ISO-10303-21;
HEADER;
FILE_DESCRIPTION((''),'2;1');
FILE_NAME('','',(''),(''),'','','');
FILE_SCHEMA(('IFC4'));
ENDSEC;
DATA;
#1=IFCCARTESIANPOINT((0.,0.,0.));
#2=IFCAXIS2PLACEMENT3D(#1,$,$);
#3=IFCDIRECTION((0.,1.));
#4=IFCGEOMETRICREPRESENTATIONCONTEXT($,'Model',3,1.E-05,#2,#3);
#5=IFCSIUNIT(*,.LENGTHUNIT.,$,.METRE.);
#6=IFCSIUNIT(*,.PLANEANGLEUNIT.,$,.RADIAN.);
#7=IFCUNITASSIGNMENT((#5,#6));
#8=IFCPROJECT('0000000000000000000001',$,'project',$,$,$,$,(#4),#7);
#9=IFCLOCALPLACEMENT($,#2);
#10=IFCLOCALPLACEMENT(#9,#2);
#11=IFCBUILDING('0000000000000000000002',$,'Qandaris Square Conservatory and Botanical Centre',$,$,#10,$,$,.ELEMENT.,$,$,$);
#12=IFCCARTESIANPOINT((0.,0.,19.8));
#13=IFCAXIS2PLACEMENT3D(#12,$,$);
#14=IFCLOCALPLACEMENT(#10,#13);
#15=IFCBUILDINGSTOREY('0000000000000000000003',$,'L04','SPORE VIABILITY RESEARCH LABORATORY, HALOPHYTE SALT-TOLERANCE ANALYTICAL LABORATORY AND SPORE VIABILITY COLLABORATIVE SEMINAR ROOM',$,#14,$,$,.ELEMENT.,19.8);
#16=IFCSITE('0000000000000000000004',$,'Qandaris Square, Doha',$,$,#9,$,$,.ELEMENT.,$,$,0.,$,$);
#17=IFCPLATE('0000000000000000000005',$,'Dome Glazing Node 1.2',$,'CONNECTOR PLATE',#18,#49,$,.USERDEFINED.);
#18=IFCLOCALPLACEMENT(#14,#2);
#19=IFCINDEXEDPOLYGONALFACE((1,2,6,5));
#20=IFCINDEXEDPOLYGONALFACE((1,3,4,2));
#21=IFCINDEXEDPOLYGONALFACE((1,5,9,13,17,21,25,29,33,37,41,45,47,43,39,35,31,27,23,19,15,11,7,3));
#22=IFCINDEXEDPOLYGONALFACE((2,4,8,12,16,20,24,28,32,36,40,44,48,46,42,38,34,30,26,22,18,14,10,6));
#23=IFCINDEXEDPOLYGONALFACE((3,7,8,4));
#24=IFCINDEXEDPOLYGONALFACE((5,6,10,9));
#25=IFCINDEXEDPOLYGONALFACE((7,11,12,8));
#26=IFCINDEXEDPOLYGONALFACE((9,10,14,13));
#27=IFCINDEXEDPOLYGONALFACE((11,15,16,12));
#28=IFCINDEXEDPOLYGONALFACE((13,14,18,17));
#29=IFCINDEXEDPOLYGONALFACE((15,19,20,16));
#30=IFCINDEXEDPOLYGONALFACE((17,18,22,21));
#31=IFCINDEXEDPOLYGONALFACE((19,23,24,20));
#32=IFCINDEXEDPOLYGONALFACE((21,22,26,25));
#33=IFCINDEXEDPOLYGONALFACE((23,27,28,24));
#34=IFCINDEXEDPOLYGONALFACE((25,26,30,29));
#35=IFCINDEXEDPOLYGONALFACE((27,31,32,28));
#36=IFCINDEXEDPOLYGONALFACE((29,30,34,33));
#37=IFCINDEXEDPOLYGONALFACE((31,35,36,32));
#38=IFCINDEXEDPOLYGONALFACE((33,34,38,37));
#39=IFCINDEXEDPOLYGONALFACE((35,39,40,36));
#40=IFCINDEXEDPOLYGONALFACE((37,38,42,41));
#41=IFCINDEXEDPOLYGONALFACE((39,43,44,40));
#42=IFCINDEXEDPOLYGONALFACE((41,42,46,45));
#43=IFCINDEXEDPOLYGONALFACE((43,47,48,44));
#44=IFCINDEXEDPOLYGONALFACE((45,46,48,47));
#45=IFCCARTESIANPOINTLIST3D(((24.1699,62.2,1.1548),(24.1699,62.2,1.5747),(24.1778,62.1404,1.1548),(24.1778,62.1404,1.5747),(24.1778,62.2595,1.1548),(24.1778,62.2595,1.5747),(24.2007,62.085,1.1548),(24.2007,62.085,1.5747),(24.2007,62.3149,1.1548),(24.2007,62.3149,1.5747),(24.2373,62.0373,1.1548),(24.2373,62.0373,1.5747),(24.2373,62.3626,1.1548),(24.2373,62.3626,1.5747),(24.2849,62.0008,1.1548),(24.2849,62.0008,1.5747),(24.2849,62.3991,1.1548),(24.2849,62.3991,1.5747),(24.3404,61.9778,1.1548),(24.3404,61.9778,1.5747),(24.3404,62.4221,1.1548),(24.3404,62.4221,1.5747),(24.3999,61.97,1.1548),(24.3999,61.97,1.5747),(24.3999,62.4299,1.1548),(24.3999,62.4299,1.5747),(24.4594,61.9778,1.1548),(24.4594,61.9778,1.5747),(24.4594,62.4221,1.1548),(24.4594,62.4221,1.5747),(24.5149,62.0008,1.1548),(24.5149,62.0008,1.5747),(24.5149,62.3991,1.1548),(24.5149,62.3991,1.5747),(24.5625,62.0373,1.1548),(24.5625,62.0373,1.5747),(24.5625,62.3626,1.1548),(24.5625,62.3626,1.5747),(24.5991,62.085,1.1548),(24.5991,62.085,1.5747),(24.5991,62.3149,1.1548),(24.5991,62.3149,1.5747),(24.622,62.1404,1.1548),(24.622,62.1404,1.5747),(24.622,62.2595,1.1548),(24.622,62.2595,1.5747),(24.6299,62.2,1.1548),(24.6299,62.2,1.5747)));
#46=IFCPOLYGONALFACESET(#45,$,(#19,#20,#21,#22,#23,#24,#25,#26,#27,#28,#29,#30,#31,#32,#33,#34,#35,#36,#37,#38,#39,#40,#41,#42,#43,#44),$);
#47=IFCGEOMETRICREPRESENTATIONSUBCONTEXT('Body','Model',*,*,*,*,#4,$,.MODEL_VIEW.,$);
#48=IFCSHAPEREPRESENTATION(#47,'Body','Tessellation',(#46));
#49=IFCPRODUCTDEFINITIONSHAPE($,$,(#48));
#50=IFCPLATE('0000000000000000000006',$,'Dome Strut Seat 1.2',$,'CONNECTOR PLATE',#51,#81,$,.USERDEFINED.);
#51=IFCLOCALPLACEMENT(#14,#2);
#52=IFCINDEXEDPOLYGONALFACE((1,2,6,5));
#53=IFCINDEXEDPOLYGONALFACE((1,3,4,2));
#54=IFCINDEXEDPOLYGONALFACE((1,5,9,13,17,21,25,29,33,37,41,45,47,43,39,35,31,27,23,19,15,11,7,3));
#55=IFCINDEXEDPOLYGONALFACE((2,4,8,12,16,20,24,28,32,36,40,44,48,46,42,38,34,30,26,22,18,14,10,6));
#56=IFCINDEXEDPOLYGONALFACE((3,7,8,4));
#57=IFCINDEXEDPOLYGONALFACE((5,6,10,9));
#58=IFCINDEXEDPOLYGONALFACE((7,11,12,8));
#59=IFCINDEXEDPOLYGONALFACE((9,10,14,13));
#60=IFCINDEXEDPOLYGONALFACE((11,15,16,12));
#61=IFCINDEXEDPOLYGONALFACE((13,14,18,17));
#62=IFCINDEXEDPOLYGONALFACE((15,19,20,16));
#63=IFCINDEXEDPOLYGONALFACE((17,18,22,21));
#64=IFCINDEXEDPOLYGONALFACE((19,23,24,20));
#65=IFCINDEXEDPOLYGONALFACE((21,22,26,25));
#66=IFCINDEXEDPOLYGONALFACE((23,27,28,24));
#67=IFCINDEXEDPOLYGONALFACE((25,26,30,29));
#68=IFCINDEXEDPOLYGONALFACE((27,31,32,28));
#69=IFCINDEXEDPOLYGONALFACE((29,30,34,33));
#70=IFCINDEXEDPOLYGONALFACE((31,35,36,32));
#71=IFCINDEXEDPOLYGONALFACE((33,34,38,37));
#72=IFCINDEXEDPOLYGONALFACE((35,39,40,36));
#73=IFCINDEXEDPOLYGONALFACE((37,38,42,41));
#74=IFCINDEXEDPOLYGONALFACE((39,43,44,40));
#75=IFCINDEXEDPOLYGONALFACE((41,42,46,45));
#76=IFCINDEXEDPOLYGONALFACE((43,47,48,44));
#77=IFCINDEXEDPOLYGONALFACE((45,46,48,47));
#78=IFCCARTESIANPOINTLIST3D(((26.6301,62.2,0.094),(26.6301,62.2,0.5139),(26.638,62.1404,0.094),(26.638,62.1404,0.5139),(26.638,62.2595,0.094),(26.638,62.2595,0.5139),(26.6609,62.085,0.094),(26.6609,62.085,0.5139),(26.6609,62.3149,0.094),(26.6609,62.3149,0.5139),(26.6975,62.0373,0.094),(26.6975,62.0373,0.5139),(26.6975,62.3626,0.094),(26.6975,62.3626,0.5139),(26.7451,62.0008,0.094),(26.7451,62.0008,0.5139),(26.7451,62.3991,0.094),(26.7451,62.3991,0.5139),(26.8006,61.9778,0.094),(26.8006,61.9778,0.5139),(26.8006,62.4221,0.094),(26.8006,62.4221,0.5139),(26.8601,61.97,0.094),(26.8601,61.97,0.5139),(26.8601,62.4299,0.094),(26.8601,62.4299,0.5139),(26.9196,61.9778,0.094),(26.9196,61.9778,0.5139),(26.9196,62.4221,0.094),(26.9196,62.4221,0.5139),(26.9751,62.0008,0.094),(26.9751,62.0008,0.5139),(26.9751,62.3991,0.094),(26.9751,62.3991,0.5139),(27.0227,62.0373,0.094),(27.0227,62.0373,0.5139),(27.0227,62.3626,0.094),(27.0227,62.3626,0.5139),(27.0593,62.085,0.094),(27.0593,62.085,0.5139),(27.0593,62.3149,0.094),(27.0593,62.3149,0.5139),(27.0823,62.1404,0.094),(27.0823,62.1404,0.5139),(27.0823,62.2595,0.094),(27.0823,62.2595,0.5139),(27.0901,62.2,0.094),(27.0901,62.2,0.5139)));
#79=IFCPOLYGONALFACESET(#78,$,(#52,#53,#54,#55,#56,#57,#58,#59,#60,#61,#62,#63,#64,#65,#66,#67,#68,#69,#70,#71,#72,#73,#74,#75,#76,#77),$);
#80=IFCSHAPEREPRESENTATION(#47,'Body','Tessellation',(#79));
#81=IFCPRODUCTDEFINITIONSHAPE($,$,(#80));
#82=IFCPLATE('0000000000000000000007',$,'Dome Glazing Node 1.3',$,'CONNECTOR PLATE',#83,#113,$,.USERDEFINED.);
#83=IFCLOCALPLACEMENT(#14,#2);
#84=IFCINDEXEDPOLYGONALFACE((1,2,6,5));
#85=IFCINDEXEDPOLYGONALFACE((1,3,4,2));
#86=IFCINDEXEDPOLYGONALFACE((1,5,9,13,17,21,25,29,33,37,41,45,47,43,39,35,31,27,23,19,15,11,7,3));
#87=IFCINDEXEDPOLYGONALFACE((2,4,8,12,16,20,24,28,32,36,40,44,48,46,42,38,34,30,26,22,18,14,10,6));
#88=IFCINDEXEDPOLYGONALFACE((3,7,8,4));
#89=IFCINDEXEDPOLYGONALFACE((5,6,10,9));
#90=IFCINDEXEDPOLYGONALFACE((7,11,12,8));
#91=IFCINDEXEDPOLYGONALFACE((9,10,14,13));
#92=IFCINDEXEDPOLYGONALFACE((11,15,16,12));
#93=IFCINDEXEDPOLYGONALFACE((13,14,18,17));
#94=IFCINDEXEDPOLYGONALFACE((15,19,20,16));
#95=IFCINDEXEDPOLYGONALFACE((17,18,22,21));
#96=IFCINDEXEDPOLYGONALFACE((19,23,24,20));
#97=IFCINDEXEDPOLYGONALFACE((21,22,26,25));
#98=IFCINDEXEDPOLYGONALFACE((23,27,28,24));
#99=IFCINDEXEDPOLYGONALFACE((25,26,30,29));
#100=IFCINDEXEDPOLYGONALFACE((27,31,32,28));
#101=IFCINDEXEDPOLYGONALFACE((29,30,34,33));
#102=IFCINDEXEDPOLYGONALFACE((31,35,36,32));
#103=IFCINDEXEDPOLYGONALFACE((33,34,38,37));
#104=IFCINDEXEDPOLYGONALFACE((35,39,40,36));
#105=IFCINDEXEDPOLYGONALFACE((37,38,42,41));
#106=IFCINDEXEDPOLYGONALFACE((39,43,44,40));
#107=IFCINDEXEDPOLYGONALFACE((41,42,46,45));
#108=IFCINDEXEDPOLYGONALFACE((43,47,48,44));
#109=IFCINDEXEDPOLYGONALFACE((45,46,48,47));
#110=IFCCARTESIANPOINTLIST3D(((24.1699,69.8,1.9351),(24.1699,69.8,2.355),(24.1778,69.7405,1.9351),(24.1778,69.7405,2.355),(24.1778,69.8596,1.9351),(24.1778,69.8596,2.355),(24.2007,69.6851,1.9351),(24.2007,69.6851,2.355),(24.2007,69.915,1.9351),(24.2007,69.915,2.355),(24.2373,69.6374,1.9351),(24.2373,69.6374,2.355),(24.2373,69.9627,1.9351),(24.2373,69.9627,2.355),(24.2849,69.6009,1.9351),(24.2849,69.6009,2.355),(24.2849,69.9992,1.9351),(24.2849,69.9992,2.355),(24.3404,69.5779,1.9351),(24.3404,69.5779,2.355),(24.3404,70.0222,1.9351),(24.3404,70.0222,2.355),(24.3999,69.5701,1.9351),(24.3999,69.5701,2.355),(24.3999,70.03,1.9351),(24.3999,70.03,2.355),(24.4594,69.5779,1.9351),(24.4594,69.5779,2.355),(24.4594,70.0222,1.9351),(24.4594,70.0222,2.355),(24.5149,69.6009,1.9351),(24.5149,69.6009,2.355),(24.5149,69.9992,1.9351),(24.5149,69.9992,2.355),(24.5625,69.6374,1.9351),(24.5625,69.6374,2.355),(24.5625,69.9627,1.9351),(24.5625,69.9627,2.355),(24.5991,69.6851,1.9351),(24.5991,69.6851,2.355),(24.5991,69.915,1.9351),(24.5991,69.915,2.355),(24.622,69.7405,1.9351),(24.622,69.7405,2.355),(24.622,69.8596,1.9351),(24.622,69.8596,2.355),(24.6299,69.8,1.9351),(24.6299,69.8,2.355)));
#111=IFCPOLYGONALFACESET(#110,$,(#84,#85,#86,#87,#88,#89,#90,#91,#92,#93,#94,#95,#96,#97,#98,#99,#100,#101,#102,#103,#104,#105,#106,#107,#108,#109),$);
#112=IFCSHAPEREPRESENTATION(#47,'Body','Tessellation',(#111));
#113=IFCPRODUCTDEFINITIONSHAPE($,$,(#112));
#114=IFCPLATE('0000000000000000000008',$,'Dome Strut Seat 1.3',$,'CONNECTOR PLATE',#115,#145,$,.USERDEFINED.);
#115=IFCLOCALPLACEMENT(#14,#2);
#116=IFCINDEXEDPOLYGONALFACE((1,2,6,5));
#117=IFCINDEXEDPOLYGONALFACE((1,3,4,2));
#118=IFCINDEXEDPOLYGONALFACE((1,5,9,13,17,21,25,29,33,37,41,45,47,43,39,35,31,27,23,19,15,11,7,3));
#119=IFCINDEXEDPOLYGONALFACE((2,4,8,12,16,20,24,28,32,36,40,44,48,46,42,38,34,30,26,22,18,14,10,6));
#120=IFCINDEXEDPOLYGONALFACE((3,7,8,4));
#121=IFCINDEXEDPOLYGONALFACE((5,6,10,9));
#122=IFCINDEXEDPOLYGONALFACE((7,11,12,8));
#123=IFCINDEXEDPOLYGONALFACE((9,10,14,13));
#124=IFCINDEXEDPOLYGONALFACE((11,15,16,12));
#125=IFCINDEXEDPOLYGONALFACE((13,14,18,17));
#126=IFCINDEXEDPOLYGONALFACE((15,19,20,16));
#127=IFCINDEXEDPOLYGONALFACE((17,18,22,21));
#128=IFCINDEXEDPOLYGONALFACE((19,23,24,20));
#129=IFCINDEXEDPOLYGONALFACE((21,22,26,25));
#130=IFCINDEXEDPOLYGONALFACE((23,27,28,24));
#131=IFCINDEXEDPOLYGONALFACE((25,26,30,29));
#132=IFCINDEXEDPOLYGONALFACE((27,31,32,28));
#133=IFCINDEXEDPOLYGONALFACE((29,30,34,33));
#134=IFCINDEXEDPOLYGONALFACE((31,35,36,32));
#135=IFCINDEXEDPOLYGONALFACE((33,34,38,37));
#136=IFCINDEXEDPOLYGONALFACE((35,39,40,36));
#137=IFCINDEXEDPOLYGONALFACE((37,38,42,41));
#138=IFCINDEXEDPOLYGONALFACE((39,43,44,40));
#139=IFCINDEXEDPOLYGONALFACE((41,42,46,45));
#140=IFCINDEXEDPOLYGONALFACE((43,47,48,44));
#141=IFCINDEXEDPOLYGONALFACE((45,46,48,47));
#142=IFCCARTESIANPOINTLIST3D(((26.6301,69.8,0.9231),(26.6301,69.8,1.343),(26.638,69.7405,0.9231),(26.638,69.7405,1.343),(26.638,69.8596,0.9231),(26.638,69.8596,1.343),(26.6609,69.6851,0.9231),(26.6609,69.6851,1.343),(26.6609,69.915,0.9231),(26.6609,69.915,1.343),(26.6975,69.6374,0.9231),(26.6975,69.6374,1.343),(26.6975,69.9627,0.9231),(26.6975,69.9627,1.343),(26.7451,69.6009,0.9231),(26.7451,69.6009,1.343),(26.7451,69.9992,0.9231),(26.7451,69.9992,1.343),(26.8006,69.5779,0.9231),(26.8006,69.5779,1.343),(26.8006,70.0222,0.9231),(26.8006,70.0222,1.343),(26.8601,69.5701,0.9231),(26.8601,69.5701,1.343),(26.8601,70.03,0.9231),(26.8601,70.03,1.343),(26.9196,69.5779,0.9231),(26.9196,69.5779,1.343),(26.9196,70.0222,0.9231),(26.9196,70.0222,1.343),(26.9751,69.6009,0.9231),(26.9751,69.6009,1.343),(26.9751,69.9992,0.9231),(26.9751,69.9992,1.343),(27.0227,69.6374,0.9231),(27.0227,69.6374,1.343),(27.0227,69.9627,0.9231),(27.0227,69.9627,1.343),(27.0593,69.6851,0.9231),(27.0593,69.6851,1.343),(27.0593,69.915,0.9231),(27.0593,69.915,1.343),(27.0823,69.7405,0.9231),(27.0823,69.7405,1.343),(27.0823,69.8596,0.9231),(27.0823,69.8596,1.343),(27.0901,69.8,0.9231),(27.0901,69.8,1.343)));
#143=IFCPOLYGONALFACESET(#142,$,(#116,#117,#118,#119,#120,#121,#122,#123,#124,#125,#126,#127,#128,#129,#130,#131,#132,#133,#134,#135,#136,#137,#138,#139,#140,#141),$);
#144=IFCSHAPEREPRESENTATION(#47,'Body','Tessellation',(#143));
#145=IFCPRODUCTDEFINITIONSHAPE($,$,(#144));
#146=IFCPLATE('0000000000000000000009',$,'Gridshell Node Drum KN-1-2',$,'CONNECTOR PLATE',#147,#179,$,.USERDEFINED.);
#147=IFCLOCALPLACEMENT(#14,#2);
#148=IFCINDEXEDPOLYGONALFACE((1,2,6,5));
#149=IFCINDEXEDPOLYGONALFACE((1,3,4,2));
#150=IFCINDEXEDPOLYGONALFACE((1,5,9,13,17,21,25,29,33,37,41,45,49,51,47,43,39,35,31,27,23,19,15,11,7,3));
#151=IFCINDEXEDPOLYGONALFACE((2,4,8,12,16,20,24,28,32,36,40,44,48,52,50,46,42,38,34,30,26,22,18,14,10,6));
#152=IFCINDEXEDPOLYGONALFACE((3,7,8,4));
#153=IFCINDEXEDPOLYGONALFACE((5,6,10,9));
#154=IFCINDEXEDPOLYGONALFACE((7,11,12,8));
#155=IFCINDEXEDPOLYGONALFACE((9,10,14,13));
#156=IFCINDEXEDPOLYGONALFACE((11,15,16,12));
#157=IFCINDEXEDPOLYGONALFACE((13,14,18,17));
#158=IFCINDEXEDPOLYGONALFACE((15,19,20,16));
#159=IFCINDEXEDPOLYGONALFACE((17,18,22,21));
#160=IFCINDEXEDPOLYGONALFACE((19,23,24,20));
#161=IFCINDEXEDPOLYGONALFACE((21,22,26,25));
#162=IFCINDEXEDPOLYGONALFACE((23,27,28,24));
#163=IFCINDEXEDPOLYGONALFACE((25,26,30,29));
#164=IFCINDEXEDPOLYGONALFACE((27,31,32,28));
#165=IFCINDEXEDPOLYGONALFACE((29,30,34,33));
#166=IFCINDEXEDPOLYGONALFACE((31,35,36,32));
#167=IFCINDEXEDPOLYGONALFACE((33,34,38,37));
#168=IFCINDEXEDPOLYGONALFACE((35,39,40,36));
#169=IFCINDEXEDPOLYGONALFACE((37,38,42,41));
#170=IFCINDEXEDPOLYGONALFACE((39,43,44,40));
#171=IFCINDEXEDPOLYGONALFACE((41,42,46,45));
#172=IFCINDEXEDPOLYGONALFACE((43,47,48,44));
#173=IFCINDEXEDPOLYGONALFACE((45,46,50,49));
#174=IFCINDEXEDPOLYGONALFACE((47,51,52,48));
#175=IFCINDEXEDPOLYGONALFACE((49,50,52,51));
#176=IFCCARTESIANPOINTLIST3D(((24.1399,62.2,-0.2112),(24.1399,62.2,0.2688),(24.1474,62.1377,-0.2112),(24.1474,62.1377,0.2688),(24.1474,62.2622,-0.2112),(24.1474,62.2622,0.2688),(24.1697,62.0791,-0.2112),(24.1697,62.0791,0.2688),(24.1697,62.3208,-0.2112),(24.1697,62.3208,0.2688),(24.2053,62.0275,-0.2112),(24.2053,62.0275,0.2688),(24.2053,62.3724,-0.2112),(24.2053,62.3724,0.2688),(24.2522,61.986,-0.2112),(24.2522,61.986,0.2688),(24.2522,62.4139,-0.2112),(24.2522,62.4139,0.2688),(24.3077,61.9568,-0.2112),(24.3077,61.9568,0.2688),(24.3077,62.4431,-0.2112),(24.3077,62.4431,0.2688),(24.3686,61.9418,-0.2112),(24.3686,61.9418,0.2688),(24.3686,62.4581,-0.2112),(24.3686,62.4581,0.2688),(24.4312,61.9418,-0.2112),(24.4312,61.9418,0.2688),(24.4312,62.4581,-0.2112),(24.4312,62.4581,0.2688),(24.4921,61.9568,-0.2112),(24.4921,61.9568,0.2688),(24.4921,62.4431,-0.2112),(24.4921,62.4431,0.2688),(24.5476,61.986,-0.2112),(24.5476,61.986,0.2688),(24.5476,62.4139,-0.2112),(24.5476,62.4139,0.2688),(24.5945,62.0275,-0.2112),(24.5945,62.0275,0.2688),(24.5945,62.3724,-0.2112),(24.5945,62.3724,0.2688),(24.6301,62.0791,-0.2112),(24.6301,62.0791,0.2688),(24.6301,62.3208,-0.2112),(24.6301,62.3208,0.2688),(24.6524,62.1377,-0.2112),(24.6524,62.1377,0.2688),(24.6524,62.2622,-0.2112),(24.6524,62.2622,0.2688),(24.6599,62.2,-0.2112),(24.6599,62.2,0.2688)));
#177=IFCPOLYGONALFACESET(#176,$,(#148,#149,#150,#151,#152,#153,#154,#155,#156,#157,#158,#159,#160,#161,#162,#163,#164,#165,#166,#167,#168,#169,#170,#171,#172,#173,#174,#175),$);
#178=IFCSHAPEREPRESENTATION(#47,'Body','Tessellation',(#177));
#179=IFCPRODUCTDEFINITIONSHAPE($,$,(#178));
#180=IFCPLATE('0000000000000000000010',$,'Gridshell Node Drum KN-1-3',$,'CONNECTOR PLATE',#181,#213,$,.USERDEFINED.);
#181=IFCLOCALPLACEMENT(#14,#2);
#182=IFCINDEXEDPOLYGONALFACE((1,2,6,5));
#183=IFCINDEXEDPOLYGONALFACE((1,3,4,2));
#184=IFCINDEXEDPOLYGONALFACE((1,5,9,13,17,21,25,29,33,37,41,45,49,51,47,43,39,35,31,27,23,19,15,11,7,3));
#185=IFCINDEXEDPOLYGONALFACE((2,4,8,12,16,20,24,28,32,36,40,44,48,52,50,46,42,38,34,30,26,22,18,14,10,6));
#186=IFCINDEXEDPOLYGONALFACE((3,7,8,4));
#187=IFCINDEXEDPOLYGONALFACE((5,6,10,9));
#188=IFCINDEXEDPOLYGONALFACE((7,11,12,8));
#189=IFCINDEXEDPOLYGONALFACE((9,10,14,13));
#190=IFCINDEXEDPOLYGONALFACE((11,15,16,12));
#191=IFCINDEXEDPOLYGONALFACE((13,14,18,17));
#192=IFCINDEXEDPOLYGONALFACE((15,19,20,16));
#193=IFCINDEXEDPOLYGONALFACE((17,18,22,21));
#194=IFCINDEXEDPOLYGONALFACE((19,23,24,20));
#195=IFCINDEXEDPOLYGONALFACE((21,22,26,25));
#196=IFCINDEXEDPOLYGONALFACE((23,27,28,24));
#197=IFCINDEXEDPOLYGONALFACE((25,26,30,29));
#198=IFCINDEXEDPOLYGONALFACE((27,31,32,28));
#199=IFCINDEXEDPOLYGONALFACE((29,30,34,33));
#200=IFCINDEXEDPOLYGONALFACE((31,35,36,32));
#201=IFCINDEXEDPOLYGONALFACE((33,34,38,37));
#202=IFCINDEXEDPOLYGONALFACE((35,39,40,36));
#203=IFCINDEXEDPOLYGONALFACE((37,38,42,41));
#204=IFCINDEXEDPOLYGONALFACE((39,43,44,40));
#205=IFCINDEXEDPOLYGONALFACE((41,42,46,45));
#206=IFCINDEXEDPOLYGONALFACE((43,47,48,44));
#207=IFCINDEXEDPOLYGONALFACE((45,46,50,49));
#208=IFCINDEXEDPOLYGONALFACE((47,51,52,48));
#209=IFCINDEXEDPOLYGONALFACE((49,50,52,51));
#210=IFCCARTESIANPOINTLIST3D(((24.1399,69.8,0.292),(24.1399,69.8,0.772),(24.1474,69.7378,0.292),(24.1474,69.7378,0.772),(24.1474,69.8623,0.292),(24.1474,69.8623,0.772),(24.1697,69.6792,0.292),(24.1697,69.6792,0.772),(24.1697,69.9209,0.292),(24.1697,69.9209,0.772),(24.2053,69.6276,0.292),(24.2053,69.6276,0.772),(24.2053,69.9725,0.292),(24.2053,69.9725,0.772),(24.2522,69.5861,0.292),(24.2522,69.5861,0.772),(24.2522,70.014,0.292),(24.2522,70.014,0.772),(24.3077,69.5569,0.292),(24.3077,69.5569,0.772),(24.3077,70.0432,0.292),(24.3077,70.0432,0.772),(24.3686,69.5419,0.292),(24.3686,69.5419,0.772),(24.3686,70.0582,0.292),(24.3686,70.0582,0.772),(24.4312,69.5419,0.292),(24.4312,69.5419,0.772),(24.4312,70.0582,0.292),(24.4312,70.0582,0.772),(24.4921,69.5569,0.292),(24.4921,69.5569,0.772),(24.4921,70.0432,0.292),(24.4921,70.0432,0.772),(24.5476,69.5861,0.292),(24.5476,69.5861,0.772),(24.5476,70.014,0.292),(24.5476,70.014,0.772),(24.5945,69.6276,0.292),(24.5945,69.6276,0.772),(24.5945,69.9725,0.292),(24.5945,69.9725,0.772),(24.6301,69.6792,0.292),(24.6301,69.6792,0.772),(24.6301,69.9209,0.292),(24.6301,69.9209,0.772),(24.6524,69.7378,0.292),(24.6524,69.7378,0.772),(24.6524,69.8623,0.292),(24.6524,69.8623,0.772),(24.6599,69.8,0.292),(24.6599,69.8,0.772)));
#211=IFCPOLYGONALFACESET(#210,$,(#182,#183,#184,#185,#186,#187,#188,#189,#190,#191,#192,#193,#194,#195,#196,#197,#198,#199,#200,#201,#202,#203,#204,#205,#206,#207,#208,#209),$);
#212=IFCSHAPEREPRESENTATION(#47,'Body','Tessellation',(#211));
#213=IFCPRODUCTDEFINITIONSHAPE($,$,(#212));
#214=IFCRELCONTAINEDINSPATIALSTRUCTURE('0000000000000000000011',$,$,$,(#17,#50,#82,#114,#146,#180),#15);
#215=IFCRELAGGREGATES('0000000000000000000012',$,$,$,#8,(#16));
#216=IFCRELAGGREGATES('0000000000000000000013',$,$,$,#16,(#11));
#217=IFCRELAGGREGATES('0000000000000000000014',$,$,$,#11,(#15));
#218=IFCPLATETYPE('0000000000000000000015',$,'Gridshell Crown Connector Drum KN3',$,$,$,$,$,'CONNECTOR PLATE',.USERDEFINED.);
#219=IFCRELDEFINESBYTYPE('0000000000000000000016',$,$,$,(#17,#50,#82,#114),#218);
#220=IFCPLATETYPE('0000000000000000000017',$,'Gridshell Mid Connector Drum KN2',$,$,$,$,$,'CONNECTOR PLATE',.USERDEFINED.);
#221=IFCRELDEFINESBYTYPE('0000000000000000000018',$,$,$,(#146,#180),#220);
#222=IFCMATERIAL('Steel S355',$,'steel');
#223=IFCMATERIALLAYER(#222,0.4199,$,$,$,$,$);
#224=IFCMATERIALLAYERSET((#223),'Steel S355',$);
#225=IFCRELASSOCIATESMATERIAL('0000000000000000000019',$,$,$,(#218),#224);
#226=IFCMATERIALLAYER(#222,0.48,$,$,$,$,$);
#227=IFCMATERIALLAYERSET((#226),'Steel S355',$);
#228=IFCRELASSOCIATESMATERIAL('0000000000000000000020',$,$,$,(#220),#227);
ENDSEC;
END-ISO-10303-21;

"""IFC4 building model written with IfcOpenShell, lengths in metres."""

from ifc_helpers import new_model, si_unit, direction, frame, origin, origin_2d, place, context, subcontext, project, spatial, circle, extrude, material, layer, layer_set, type_object, element, save


model = new_model("IFC4")

# Units and contexts
model_context = context("Model", 3, precision=1e-05, world=origin(), true_north=direction((0.0, 1.0)))
body_context = subcontext(model_context, "Body", "Model", "MODEL_VIEW")
ifc_project = project(units=[si_unit("LENGTHUNIT", "METRE"), si_unit("PLANEANGLEUNIT", "RADIAN")], contexts=[model_context])

# Site, building, storey
site_placement = place(None, origin())
site = spatial("IfcSite", under=ifc_project, at=site_placement, Name="Qandaris Square, Doha", CompositionType="ELEMENT", RefElevation=0.0)
building_placement = place(site_placement, origin())
building = spatial("IfcBuilding", under=site, at=building_placement, Name="Qandaris Square Conservatory and Botanical Centre", CompositionType="ELEMENT")
storey_placement = place(building_placement, frame((0.0, 0.0, 19.8)))
storey = spatial("IfcBuildingStorey", under=building, at=storey_placement, Name="L04", Description="SPORE VIABILITY RESEARCH LABORATORY, HALOPHYTE SALT-TOLERANCE ANALYTICAL LABORATORY AND SPORE VIABILITY COLLABORATIVE SEMINAR ROOM", CompositionType="ELEMENT", Elevation=19.8)

# Shared definitions
ifc_material = material(Name="Steel S355", Category="steel")

# Plates
ifc_layer_1 = layer(ifc_material, 0.4199)
ifc_layer_set_1 = layer_set([ifc_layer_1], Name="Steel S355")
plate_type_1 = type_object("IfcPlateType", Name="Gridshell Crown Connector Drum KN3", ElementType="CONNECTOR PLATE", PredefinedType="USERDEFINED", material=ifc_layer_set_1)
for number, where, z_axis, x_axis, name in (
    (1, (24.3999, 62.2, 1.1548), (0.0, 0.0, 1.0), (1.0, 0.0, 0.0), "Dome Glazing Node 1.2"),
    (2, (26.8601, 62.2, 0.094), (0.0, 0.0, 1.0), (1.0, 0.0, 0.0), "Dome Strut Seat 1.2"),
    (3, (24.3999, 69.8, 1.9351), (0.0, 0.0, 1.0), (1.0, 0.0, 0.0), "Dome Glazing Node 1.3"),
    (4, (26.8601, 69.8, 0.9231), (0.0, 0.0, 1.0), (1.0, 0.0, 0.0), "Dome Strut Seat 1.3"),
):
    element("IfcPlate", number, at=place(storey_placement, frame(where, z_axis=z_axis, x_axis=x_axis)), inside=storey, type_object=plate_type_1, Name=name, ObjectType="CONNECTOR PLATE", PredefinedType="USERDEFINED", context=body_context, shape_type="SweptSolid", body=[
        extrude(circle(Radius=0.23, at=origin_2d()), origin(), (0.0, 0.0, 1.0), 0.4199),
    ])
ifc_layer_2 = layer(ifc_material, 0.48)
ifc_layer_set_2 = layer_set([ifc_layer_2], Name="Steel S355")
plate_type_2 = type_object("IfcPlateType", Name="Gridshell Mid Connector Drum KN2", ElementType="CONNECTOR PLATE", PredefinedType="USERDEFINED", material=ifc_layer_set_2)
for number, where, z_axis, x_axis, name in (
    (5, (24.3999, 62.2, -0.2112), (0.0, 0.0, 1.0), (1.0, 0.0, 0.0), "Gridshell Node Drum KN-1-2"),
    (6, (24.3999, 69.8, 0.292), (0.0, 0.0, 1.0), (1.0, 0.0, 0.0), "Gridshell Node Drum KN-1-3"),
):
    element("IfcPlate", number, at=place(storey_placement, frame(where, z_axis=z_axis, x_axis=x_axis)), inside=storey, type_object=plate_type_2, Name=name, ObjectType="CONNECTOR PLATE", PredefinedType="USERDEFINED", context=body_context, shape_type="SweptSolid", body=[
        extrude(circle(Radius=0.26, at=origin_2d()), origin(), (0.0, 0.0, 1.0), 0.48),
    ])

save(model, "model.ifc")
